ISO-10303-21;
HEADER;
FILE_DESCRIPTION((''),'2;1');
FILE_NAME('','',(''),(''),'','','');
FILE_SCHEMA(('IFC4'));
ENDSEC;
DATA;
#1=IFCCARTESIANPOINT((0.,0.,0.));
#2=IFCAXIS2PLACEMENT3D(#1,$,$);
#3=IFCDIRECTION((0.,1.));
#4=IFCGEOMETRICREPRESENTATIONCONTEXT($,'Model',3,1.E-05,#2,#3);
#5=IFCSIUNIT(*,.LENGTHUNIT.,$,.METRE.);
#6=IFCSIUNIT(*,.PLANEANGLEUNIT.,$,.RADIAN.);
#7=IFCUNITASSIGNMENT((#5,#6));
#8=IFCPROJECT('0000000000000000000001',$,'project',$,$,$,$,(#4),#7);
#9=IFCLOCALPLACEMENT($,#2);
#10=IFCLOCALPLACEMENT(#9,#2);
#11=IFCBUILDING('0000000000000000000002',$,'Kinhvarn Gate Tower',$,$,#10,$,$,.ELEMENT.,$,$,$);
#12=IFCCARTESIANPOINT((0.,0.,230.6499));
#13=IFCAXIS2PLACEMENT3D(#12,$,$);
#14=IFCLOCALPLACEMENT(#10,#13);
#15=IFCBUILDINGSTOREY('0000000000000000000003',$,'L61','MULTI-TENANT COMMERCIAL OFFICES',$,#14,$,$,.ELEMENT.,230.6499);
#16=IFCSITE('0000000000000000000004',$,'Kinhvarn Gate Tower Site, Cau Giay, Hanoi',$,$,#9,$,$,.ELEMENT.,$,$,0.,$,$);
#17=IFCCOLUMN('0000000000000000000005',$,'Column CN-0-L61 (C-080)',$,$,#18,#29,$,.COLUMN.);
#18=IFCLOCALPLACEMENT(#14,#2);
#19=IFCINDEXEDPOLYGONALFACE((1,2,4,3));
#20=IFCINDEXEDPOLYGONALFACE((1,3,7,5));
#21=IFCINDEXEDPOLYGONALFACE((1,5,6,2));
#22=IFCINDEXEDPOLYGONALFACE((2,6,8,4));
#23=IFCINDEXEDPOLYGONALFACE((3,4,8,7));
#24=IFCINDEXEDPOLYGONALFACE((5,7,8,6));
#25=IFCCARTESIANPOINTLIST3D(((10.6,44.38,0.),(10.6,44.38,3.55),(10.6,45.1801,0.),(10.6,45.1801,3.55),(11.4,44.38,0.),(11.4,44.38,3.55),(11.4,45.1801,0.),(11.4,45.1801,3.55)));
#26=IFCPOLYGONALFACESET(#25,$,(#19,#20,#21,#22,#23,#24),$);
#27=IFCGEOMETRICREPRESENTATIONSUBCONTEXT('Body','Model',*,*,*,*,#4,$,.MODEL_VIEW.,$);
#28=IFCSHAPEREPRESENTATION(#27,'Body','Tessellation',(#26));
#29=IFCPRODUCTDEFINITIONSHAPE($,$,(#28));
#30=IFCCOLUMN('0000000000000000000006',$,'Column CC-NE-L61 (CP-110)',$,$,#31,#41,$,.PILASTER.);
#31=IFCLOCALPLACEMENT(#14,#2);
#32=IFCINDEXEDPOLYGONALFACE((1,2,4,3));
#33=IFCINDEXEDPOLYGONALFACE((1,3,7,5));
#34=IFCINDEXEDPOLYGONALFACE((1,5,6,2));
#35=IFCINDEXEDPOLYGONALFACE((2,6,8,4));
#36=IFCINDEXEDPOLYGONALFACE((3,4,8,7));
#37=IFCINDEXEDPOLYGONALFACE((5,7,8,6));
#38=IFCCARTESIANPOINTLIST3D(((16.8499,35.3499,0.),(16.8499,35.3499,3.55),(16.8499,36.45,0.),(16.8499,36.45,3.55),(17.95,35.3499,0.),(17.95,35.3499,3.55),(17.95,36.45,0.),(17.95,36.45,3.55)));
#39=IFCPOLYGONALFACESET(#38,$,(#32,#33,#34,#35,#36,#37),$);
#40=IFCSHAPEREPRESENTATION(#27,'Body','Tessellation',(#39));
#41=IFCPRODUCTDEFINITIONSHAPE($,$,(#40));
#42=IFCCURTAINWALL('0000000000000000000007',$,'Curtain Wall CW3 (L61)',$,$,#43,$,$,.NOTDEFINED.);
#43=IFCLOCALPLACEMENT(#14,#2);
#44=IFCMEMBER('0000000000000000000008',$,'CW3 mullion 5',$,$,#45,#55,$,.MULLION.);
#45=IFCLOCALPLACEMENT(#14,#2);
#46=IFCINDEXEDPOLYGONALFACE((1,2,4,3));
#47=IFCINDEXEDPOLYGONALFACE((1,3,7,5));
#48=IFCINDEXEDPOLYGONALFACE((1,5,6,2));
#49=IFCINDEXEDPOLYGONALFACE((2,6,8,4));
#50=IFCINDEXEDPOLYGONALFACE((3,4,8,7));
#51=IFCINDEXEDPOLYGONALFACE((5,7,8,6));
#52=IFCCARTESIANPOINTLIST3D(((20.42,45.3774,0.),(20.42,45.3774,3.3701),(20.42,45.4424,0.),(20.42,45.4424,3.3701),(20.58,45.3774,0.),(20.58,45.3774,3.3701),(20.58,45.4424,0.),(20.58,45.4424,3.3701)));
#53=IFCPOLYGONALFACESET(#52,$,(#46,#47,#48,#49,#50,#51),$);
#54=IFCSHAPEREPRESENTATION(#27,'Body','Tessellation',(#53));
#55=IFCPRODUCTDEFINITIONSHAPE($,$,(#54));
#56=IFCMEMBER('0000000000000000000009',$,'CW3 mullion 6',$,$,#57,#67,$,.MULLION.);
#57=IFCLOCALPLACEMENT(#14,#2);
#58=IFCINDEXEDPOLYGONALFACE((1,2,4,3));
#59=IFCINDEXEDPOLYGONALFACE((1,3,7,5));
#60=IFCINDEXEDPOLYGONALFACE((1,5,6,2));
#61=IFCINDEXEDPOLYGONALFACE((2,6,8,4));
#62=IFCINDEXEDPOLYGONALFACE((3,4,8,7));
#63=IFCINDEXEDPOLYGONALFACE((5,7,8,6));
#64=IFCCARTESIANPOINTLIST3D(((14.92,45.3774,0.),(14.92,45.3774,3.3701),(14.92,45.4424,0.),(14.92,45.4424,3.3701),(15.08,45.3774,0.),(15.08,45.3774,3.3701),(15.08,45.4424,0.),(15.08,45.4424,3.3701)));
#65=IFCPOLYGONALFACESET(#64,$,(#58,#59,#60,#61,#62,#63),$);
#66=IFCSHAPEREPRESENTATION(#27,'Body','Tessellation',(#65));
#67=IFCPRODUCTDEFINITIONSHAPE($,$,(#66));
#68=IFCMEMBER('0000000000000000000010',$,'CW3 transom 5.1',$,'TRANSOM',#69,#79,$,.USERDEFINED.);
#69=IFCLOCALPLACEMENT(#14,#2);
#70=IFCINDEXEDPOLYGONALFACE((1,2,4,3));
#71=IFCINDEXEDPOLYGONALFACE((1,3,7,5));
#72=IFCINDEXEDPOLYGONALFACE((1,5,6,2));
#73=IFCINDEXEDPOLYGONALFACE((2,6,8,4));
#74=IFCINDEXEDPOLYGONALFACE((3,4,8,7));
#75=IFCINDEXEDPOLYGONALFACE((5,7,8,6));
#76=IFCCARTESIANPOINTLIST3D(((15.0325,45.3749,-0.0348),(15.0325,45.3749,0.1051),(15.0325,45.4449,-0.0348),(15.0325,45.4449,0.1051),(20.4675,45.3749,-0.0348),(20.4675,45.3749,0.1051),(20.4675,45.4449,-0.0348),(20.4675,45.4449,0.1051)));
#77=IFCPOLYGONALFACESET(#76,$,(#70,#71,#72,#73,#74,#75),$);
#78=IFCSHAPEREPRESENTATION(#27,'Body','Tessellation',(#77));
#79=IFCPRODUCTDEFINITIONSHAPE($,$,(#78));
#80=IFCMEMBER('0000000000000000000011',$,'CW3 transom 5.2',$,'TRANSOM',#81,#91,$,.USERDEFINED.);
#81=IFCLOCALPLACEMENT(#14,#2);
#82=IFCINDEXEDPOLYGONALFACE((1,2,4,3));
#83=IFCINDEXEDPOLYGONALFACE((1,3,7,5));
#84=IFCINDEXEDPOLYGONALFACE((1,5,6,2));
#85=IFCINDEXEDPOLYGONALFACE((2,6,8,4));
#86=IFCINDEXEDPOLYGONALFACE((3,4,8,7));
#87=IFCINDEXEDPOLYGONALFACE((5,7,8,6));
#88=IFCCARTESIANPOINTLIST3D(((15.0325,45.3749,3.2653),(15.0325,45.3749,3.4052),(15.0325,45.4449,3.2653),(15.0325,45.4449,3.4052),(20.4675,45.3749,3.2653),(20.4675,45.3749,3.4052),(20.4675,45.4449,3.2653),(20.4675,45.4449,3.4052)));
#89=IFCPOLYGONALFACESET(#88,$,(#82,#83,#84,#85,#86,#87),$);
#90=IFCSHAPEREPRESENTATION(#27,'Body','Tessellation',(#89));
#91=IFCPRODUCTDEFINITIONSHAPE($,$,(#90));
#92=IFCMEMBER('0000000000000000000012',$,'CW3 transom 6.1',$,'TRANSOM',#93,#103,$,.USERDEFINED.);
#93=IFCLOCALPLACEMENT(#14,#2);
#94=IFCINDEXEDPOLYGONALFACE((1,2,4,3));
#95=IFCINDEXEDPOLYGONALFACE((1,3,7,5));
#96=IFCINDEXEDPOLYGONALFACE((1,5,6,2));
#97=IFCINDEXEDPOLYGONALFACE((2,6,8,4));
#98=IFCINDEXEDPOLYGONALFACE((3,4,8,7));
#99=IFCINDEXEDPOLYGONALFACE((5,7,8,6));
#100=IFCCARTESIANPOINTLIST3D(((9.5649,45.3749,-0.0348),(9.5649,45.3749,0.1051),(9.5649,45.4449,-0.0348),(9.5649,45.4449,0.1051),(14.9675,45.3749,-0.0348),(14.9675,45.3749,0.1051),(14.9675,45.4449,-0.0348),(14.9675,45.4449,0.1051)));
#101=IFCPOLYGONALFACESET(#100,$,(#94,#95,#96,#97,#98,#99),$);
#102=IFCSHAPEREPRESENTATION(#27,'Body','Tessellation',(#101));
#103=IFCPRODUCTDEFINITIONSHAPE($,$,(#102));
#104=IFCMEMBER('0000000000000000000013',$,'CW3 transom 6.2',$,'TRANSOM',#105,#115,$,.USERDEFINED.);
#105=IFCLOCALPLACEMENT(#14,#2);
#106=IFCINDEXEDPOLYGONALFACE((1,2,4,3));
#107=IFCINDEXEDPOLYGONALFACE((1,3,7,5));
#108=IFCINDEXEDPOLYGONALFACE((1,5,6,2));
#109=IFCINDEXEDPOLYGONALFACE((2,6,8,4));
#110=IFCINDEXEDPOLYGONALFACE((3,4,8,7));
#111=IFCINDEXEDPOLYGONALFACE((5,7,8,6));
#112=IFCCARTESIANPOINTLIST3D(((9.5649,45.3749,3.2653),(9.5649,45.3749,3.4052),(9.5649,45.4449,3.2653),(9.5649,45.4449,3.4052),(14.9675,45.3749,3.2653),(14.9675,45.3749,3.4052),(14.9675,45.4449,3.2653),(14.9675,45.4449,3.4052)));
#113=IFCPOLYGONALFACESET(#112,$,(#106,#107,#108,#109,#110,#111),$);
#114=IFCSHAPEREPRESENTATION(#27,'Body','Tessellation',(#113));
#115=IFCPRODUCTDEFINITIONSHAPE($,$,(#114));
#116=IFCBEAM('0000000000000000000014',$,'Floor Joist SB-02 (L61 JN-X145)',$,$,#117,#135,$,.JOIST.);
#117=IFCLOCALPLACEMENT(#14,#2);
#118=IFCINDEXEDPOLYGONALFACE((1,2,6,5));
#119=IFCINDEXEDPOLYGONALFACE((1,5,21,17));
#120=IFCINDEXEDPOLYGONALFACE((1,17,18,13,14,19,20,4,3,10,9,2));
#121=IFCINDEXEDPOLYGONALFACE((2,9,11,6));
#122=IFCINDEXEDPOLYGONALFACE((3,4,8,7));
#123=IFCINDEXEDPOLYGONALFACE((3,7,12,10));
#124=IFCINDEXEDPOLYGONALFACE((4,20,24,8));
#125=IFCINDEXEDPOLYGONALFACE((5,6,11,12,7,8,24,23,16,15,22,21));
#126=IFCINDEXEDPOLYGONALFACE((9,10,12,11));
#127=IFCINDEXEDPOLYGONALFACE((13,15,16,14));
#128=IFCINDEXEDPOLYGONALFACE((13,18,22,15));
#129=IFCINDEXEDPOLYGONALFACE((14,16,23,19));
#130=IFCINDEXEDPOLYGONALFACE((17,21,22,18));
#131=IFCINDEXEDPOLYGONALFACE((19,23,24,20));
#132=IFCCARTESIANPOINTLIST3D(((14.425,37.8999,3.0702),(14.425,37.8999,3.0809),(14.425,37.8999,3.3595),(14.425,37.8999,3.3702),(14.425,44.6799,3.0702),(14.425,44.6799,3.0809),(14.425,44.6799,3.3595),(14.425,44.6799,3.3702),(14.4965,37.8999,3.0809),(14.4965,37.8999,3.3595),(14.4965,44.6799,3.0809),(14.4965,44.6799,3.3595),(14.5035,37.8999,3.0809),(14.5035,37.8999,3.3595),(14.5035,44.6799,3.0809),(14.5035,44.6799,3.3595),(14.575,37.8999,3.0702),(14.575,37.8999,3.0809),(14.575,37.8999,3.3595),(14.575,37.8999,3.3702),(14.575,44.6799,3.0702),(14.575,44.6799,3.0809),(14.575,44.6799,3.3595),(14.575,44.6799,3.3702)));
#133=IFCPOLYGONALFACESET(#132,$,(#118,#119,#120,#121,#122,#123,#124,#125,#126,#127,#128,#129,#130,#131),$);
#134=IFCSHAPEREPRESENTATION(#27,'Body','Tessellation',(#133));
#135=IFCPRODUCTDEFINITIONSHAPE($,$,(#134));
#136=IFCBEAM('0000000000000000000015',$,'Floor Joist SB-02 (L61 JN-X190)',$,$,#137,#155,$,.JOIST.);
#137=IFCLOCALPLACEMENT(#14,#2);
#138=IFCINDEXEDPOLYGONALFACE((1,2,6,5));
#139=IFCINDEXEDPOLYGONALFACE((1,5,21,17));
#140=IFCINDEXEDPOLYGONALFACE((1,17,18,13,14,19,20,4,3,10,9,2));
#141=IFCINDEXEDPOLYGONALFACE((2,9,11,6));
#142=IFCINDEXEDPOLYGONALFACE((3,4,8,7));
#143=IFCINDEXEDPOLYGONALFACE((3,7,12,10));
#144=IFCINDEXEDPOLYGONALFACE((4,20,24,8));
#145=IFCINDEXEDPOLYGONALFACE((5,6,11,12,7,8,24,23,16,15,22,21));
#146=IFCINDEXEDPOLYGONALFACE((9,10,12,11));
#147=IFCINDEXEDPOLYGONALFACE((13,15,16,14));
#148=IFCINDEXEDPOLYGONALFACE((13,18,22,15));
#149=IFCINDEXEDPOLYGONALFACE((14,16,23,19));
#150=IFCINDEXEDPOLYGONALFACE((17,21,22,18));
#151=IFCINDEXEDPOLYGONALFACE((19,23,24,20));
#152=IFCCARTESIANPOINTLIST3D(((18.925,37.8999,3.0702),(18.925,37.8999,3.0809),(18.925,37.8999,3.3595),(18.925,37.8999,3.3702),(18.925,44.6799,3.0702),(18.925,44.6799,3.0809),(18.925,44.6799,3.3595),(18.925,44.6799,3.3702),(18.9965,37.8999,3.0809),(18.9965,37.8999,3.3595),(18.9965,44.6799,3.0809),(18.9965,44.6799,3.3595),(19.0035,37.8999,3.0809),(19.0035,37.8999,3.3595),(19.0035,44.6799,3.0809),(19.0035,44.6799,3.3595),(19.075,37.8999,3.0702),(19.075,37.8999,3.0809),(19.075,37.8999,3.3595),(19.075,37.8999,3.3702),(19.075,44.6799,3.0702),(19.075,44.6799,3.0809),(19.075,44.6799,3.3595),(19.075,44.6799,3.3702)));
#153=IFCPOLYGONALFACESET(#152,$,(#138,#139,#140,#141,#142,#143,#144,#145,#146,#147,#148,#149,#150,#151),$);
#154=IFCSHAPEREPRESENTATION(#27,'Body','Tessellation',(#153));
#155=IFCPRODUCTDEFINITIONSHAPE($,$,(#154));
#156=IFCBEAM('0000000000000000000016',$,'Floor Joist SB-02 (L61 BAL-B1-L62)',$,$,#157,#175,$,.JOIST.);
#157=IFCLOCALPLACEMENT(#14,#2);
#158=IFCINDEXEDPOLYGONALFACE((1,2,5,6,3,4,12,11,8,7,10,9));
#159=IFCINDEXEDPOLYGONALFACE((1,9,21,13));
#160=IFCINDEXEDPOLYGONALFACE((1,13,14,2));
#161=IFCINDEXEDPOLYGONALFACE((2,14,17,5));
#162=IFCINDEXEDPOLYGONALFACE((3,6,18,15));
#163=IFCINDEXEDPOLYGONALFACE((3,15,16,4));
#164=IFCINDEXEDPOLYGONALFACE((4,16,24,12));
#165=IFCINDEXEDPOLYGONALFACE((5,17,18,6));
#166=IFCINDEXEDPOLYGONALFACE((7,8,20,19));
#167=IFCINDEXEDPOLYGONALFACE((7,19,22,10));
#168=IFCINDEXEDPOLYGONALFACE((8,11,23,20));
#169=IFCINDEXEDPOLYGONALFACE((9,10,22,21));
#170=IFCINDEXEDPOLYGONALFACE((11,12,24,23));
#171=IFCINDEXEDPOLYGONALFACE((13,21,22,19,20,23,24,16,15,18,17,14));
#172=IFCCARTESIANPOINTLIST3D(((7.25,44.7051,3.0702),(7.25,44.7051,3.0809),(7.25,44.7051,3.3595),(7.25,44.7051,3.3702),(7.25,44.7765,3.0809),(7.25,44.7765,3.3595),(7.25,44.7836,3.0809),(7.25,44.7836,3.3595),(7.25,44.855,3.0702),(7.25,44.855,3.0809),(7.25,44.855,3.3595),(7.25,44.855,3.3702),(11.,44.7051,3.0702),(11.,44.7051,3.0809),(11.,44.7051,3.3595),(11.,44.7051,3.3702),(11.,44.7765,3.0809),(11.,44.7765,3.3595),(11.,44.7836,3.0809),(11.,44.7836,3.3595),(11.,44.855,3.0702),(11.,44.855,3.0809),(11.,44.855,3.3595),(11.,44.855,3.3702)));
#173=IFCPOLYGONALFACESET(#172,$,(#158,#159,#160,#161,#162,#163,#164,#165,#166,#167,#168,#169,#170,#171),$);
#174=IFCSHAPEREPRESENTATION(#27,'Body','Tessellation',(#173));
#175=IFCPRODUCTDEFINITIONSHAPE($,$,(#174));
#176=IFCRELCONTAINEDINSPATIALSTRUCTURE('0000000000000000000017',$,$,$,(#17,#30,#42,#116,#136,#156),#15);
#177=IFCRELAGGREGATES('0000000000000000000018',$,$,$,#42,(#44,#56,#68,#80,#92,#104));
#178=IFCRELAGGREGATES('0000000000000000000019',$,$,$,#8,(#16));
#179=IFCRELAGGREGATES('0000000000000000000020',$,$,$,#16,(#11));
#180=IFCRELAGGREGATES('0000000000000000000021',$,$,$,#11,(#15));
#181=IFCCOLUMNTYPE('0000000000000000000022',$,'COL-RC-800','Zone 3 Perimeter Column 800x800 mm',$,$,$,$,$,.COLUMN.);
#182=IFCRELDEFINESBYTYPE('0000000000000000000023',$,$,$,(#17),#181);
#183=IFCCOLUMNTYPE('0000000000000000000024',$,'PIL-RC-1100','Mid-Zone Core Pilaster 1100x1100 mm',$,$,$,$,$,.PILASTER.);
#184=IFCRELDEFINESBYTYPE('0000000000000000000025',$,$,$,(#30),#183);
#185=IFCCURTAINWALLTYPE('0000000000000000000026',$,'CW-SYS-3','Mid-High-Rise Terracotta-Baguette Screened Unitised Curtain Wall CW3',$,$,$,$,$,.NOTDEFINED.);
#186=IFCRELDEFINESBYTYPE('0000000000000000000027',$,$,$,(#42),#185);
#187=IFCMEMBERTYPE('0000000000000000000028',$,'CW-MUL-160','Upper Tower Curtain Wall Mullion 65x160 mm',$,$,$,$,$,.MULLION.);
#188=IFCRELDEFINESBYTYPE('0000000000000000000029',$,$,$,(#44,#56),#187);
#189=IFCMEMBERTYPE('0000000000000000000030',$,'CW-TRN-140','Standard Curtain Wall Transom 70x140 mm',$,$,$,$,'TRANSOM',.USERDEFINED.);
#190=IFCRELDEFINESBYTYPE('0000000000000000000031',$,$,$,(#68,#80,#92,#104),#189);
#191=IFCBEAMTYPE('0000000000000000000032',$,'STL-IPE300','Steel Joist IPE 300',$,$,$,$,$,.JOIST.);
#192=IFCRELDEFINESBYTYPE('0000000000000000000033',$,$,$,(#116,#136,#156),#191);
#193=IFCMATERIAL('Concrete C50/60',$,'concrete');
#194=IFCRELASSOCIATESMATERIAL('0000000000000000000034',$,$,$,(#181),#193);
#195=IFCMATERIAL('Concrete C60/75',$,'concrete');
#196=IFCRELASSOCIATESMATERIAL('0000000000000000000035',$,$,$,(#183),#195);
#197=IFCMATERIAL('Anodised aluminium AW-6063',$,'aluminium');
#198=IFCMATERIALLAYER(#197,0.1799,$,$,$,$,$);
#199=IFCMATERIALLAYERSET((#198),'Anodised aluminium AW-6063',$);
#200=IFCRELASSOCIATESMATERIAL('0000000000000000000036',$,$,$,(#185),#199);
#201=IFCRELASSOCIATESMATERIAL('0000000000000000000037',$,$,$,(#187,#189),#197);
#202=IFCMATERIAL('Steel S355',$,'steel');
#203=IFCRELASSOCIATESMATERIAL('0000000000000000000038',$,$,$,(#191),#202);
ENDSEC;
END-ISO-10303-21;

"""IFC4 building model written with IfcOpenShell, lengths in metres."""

from ifc_helpers import new_model, si_unit, direction, frame, origin, origin_2d, place, context, subcontext, project, spatial, rectangle, i_section, extrude, material, layer, layer_set, material_profile, profile_set, type_object, element, aggregate, save


model = new_model("IFC4")

# Units and contexts
model_context = context("Model", 3, precision=1e-05, world=origin(), true_north=direction((0.0, 1.0)))
body_context = subcontext(model_context, "Body", "Model", "MODEL_VIEW")
ifc_project = project(units=[si_unit("LENGTHUNIT", "METRE"), si_unit("PLANEANGLEUNIT", "RADIAN")], contexts=[model_context])

# Site, building, storey
site_placement = place(None, origin())
site = spatial("IfcSite", under=ifc_project, at=site_placement, Name="Kinhvarn Gate Tower Site, Cau Giay, Hanoi", CompositionType="ELEMENT", RefElevation=0.0)
building_placement = place(site_placement, origin())
building = spatial("IfcBuilding", under=site, at=building_placement, Name="Kinhvarn Gate Tower", CompositionType="ELEMENT")
storey_placement = place(building_placement, frame((0.0, 0.0, 230.6499)))
storey = spatial("IfcBuildingStorey", under=building, at=storey_placement, Name="L61", Description="MULTI-TENANT COMMERCIAL OFFICES", CompositionType="ELEMENT", Elevation=230.6499)

# Columns
ifc_material_1 = material(Name="Concrete C50/60", Category="concrete")
ifc_material_profile_1 = material_profile(ifc_material_1, rectangle(XDim=0.8, YDim=0.8, at=origin_2d()), Name="RC 800x800")
ifc_profile_set_1 = profile_set([ifc_material_profile_1], Name="Concrete C50/60")
column_type_1 = type_object("IfcColumnType", Name="COL-RC-800", Description="Zone 3 Perimeter Column 800x800 mm", PredefinedType="COLUMN", material=ifc_profile_set_1)
column_1_placement = place(storey_placement, frame((11.0, 44.78, 0.0), z_axis=(0.0, 0.0, 1.0), x_axis=(1.0, 0.0, 0.0)))
element("IfcColumn", 1, at=column_1_placement, inside=storey, type_object=column_type_1, Name="Column CN-0-L61 (C-080)", PredefinedType="COLUMN", context=body_context, shape_type="SweptSolid", body=[
    extrude(rectangle(XDim=0.8, YDim=0.8, at=origin_2d()), origin(), (0.0, 0.0, 1.0), 3.55),
])
ifc_material_2 = material(Name="Concrete C60/75", Category="concrete")
ifc_material_profile_2 = material_profile(ifc_material_2, rectangle(XDim=1.1001, YDim=1.1001, at=origin_2d()), Name="RC 1100x1100")
ifc_profile_set_2 = profile_set([ifc_material_profile_2], Name="Concrete C60/75")
column_type_2 = type_object("IfcColumnType", Name="PIL-RC-1100", Description="Mid-Zone Core Pilaster 1100x1100 mm", PredefinedType="PILASTER", material=ifc_profile_set_2)
column_2_placement = place(storey_placement, frame((17.3999, 35.8999, 0.0), z_axis=(0.0, 0.0, 1.0), x_axis=(1.0, 0.0, 0.0)))
element("IfcColumn", 2, at=column_2_placement, inside=storey, type_object=column_type_2, Name="Column CC-NE-L61 (CP-110)", PredefinedType="PILASTER", context=body_context, shape_type="SweptSolid", body=[
    extrude(rectangle(XDim=1.1001, YDim=1.1001, at=origin_2d()), origin(), (0.0, 0.0, 1.0), 3.55),
])

# Curtain wall, members
ifc_material_3 = material(Name="Anodised aluminium AW-6063", Category="aluminium")
ifc_layer_1 = layer(ifc_material_3, 0.1799)
ifc_layer_set_1 = layer_set([ifc_layer_1], Name="Anodised aluminium AW-6063")
curtain_wall_type = type_object("IfcCurtainWallType", Name="CW-SYS-3", Description="Mid-High-Rise Terracotta-Baguette Screened Unitised Curtain Wall CW3", PredefinedType="NOTDEFINED", material=ifc_layer_set_1)
curtain_wall_placement = place(storey_placement, origin())
curtain_wall = element("IfcCurtainWall", 3, at=curtain_wall_placement, inside=storey, type_object=curtain_wall_type, Name="Curtain Wall CW3 (L61)", PredefinedType="NOTDEFINED")
ifc_material_profile_3 = material_profile(ifc_material_3, rectangle(XDim=0.0649, YDim=0.1599, at=origin_2d()), Name="ALU 65x160")
ifc_profile_set_3 = profile_set([ifc_material_profile_3], Name="Anodised aluminium AW-6063")
member_type_1 = type_object("IfcMemberType", Name="CW-MUL-160", Description="Upper Tower Curtain Wall Mullion 65x160 mm", PredefinedType="MULLION", material=ifc_profile_set_3)
member_1_placement = place(storey_placement, frame((20.5, 45.4099, 0.0), z_axis=(0.0, 0.0, 1.0), x_axis=(0.0, -1.0, 0.0)))
member_1 = element("IfcMember", 4, at=member_1_placement, type_object=member_type_1, Name="CW3 mullion 5", PredefinedType="MULLION", context=body_context, shape_type="SweptSolid", body=[
    extrude(rectangle(XDim=0.0649, YDim=0.1599, at=origin_2d()), origin(), (0.0, 0.0, 1.0), 3.3701),
])
member_2_placement = place(storey_placement, frame((15.0, 45.4099, 0.0), z_axis=(0.0, 0.0, 1.0), x_axis=(0.0, -1.0, 0.0)))
member_2 = element("IfcMember", 5, at=member_2_placement, type_object=member_type_1, Name="CW3 mullion 6", PredefinedType="MULLION", context=body_context, shape_type="SweptSolid", body=[
    extrude(rectangle(XDim=0.0649, YDim=0.1599, at=origin_2d()), origin(), (0.0, 0.0, 1.0), 3.3701),
])
ifc_material_profile_4 = material_profile(ifc_material_3, rectangle(XDim=0.0701, YDim=0.1399, at=origin_2d()), Name="ALU 70x140")
ifc_profile_set_4 = profile_set([ifc_material_profile_4], Name="Anodised aluminium AW-6063")
member_type_2 = type_object("IfcMemberType", Name="CW-TRN-140", Description="Standard Curtain Wall Transom 70x140 mm", ElementType="TRANSOM", PredefinedType="USERDEFINED", material=ifc_profile_set_4)
member_3_placement = place(storey_placement, frame((20.4675, 45.4099, 0.0352), z_axis=(-1.0, 0.0, 0.0), x_axis=(0.0, -1.0, 0.0)))
member_3 = element("IfcMember", 6, at=member_3_placement, type_object=member_type_2, Name="CW3 transom 5.1", ObjectType="TRANSOM", PredefinedType="USERDEFINED", context=body_context, shape_type="SweptSolid", body=[
    extrude(rectangle(XDim=0.0701, YDim=0.1399, at=origin_2d()), origin(), (0.0, 0.0, 1.0), 5.4351),
])
member_4_placement = place(storey_placement, frame((20.4675, 45.4099, 3.3352), z_axis=(-1.0, 0.0, 0.0), x_axis=(0.0, -1.0, 0.0)))
member_4 = element("IfcMember", 7, at=member_4_placement, type_object=member_type_2, Name="CW3 transom 5.2", ObjectType="TRANSOM", PredefinedType="USERDEFINED", context=body_context, shape_type="SweptSolid", body=[
    extrude(rectangle(XDim=0.0701, YDim=0.1399, at=origin_2d()), origin(), (0.0, 0.0, 1.0), 5.4351),
])
member_5_placement = place(storey_placement, frame((14.9675, 45.4099, 0.0352), z_axis=(-1.0, 0.0, 0.0), x_axis=(0.0, -1.0, 0.0)))
member_5 = element("IfcMember", 8, at=member_5_placement, type_object=member_type_2, Name="CW3 transom 6.1", ObjectType="TRANSOM", PredefinedType="USERDEFINED", context=body_context, shape_type="SweptSolid", body=[
    extrude(rectangle(XDim=0.0701, YDim=0.1399, at=origin_2d()), origin(), (0.0, 0.0, 1.0), 5.4026),
])
member_6_placement = place(storey_placement, frame((14.9675, 45.4099, 3.3352), z_axis=(-1.0, 0.0, 0.0), x_axis=(0.0, -1.0, 0.0)))
member_6 = element("IfcMember", 9, at=member_6_placement, type_object=member_type_2, Name="CW3 transom 6.2", ObjectType="TRANSOM", PredefinedType="USERDEFINED", context=body_context, shape_type="SweptSolid", body=[
    extrude(rectangle(XDim=0.0701, YDim=0.1399, at=origin_2d()), origin(), (0.0, 0.0, 1.0), 5.4026),
])

# Beams
ifc_material_4 = material(Name="Steel S355", Category="steel")
ifc_material_profile_5 = material_profile(ifc_material_4, i_section(OverallWidth=0.1499, OverallDepth=0.3, WebThickness=0.0071, FlangeThickness=0.0107, at=origin_2d()), Name="IPE 300")
ifc_profile_set_5 = profile_set([ifc_material_profile_5], Name="Steel S355")
beam_type_1 = type_object("IfcBeamType", Name="STL-IPE300", Description="Steel Joist IPE 300", PredefinedType="JOIST", material=ifc_profile_set_5)
for number, where, z_axis, x_axis, name in (
    (10, (14.5, 37.8999, 3.2202), (0.0, 1.0, 0.0), (-1.0, 0.0, 0.0), "Floor Joist SB-02 (L61 JN-X145)"),
    (11, (19.0, 37.8999, 3.2202), (0.0, 1.0, 0.0), (-1.0, 0.0, 0.0), "Floor Joist SB-02 (L61 JN-X190)"),
):
    element("IfcBeam", number, at=place(storey_placement, frame(where, z_axis=z_axis, x_axis=x_axis)), inside=storey, type_object=beam_type_1, Name=name, PredefinedType="JOIST", context=body_context, shape_type="SweptSolid", body=[
        extrude(i_section(OverallWidth=0.1499, OverallDepth=0.3, WebThickness=0.0071, FlangeThickness=0.0107, at=origin_2d()), origin(), (0.0, 0.0, 1.0), 6.78),
    ])
beam_1_placement = place(storey_placement, frame((11.0, 44.78, 3.2202), z_axis=(-1.0, 0.0, 0.0), x_axis=(0.0, -1.0, 0.0)))
element("IfcBeam", 12, at=beam_1_placement, inside=storey, type_object=beam_type_1, Name="Floor Joist SB-02 (L61 BAL-B1-L62)", PredefinedType="JOIST", context=body_context, shape_type="SweptSolid", body=[
    extrude(i_section(OverallWidth=0.1499, OverallDepth=0.3, WebThickness=0.0071, FlangeThickness=0.0107, at=origin_2d()), origin(), (0.0, 0.0, 1.0), 3.75),
])

aggregate(curtain_wall, [member_1, member_2, member_3, member_4, member_5, member_6])

save(model, "model.ifc")
